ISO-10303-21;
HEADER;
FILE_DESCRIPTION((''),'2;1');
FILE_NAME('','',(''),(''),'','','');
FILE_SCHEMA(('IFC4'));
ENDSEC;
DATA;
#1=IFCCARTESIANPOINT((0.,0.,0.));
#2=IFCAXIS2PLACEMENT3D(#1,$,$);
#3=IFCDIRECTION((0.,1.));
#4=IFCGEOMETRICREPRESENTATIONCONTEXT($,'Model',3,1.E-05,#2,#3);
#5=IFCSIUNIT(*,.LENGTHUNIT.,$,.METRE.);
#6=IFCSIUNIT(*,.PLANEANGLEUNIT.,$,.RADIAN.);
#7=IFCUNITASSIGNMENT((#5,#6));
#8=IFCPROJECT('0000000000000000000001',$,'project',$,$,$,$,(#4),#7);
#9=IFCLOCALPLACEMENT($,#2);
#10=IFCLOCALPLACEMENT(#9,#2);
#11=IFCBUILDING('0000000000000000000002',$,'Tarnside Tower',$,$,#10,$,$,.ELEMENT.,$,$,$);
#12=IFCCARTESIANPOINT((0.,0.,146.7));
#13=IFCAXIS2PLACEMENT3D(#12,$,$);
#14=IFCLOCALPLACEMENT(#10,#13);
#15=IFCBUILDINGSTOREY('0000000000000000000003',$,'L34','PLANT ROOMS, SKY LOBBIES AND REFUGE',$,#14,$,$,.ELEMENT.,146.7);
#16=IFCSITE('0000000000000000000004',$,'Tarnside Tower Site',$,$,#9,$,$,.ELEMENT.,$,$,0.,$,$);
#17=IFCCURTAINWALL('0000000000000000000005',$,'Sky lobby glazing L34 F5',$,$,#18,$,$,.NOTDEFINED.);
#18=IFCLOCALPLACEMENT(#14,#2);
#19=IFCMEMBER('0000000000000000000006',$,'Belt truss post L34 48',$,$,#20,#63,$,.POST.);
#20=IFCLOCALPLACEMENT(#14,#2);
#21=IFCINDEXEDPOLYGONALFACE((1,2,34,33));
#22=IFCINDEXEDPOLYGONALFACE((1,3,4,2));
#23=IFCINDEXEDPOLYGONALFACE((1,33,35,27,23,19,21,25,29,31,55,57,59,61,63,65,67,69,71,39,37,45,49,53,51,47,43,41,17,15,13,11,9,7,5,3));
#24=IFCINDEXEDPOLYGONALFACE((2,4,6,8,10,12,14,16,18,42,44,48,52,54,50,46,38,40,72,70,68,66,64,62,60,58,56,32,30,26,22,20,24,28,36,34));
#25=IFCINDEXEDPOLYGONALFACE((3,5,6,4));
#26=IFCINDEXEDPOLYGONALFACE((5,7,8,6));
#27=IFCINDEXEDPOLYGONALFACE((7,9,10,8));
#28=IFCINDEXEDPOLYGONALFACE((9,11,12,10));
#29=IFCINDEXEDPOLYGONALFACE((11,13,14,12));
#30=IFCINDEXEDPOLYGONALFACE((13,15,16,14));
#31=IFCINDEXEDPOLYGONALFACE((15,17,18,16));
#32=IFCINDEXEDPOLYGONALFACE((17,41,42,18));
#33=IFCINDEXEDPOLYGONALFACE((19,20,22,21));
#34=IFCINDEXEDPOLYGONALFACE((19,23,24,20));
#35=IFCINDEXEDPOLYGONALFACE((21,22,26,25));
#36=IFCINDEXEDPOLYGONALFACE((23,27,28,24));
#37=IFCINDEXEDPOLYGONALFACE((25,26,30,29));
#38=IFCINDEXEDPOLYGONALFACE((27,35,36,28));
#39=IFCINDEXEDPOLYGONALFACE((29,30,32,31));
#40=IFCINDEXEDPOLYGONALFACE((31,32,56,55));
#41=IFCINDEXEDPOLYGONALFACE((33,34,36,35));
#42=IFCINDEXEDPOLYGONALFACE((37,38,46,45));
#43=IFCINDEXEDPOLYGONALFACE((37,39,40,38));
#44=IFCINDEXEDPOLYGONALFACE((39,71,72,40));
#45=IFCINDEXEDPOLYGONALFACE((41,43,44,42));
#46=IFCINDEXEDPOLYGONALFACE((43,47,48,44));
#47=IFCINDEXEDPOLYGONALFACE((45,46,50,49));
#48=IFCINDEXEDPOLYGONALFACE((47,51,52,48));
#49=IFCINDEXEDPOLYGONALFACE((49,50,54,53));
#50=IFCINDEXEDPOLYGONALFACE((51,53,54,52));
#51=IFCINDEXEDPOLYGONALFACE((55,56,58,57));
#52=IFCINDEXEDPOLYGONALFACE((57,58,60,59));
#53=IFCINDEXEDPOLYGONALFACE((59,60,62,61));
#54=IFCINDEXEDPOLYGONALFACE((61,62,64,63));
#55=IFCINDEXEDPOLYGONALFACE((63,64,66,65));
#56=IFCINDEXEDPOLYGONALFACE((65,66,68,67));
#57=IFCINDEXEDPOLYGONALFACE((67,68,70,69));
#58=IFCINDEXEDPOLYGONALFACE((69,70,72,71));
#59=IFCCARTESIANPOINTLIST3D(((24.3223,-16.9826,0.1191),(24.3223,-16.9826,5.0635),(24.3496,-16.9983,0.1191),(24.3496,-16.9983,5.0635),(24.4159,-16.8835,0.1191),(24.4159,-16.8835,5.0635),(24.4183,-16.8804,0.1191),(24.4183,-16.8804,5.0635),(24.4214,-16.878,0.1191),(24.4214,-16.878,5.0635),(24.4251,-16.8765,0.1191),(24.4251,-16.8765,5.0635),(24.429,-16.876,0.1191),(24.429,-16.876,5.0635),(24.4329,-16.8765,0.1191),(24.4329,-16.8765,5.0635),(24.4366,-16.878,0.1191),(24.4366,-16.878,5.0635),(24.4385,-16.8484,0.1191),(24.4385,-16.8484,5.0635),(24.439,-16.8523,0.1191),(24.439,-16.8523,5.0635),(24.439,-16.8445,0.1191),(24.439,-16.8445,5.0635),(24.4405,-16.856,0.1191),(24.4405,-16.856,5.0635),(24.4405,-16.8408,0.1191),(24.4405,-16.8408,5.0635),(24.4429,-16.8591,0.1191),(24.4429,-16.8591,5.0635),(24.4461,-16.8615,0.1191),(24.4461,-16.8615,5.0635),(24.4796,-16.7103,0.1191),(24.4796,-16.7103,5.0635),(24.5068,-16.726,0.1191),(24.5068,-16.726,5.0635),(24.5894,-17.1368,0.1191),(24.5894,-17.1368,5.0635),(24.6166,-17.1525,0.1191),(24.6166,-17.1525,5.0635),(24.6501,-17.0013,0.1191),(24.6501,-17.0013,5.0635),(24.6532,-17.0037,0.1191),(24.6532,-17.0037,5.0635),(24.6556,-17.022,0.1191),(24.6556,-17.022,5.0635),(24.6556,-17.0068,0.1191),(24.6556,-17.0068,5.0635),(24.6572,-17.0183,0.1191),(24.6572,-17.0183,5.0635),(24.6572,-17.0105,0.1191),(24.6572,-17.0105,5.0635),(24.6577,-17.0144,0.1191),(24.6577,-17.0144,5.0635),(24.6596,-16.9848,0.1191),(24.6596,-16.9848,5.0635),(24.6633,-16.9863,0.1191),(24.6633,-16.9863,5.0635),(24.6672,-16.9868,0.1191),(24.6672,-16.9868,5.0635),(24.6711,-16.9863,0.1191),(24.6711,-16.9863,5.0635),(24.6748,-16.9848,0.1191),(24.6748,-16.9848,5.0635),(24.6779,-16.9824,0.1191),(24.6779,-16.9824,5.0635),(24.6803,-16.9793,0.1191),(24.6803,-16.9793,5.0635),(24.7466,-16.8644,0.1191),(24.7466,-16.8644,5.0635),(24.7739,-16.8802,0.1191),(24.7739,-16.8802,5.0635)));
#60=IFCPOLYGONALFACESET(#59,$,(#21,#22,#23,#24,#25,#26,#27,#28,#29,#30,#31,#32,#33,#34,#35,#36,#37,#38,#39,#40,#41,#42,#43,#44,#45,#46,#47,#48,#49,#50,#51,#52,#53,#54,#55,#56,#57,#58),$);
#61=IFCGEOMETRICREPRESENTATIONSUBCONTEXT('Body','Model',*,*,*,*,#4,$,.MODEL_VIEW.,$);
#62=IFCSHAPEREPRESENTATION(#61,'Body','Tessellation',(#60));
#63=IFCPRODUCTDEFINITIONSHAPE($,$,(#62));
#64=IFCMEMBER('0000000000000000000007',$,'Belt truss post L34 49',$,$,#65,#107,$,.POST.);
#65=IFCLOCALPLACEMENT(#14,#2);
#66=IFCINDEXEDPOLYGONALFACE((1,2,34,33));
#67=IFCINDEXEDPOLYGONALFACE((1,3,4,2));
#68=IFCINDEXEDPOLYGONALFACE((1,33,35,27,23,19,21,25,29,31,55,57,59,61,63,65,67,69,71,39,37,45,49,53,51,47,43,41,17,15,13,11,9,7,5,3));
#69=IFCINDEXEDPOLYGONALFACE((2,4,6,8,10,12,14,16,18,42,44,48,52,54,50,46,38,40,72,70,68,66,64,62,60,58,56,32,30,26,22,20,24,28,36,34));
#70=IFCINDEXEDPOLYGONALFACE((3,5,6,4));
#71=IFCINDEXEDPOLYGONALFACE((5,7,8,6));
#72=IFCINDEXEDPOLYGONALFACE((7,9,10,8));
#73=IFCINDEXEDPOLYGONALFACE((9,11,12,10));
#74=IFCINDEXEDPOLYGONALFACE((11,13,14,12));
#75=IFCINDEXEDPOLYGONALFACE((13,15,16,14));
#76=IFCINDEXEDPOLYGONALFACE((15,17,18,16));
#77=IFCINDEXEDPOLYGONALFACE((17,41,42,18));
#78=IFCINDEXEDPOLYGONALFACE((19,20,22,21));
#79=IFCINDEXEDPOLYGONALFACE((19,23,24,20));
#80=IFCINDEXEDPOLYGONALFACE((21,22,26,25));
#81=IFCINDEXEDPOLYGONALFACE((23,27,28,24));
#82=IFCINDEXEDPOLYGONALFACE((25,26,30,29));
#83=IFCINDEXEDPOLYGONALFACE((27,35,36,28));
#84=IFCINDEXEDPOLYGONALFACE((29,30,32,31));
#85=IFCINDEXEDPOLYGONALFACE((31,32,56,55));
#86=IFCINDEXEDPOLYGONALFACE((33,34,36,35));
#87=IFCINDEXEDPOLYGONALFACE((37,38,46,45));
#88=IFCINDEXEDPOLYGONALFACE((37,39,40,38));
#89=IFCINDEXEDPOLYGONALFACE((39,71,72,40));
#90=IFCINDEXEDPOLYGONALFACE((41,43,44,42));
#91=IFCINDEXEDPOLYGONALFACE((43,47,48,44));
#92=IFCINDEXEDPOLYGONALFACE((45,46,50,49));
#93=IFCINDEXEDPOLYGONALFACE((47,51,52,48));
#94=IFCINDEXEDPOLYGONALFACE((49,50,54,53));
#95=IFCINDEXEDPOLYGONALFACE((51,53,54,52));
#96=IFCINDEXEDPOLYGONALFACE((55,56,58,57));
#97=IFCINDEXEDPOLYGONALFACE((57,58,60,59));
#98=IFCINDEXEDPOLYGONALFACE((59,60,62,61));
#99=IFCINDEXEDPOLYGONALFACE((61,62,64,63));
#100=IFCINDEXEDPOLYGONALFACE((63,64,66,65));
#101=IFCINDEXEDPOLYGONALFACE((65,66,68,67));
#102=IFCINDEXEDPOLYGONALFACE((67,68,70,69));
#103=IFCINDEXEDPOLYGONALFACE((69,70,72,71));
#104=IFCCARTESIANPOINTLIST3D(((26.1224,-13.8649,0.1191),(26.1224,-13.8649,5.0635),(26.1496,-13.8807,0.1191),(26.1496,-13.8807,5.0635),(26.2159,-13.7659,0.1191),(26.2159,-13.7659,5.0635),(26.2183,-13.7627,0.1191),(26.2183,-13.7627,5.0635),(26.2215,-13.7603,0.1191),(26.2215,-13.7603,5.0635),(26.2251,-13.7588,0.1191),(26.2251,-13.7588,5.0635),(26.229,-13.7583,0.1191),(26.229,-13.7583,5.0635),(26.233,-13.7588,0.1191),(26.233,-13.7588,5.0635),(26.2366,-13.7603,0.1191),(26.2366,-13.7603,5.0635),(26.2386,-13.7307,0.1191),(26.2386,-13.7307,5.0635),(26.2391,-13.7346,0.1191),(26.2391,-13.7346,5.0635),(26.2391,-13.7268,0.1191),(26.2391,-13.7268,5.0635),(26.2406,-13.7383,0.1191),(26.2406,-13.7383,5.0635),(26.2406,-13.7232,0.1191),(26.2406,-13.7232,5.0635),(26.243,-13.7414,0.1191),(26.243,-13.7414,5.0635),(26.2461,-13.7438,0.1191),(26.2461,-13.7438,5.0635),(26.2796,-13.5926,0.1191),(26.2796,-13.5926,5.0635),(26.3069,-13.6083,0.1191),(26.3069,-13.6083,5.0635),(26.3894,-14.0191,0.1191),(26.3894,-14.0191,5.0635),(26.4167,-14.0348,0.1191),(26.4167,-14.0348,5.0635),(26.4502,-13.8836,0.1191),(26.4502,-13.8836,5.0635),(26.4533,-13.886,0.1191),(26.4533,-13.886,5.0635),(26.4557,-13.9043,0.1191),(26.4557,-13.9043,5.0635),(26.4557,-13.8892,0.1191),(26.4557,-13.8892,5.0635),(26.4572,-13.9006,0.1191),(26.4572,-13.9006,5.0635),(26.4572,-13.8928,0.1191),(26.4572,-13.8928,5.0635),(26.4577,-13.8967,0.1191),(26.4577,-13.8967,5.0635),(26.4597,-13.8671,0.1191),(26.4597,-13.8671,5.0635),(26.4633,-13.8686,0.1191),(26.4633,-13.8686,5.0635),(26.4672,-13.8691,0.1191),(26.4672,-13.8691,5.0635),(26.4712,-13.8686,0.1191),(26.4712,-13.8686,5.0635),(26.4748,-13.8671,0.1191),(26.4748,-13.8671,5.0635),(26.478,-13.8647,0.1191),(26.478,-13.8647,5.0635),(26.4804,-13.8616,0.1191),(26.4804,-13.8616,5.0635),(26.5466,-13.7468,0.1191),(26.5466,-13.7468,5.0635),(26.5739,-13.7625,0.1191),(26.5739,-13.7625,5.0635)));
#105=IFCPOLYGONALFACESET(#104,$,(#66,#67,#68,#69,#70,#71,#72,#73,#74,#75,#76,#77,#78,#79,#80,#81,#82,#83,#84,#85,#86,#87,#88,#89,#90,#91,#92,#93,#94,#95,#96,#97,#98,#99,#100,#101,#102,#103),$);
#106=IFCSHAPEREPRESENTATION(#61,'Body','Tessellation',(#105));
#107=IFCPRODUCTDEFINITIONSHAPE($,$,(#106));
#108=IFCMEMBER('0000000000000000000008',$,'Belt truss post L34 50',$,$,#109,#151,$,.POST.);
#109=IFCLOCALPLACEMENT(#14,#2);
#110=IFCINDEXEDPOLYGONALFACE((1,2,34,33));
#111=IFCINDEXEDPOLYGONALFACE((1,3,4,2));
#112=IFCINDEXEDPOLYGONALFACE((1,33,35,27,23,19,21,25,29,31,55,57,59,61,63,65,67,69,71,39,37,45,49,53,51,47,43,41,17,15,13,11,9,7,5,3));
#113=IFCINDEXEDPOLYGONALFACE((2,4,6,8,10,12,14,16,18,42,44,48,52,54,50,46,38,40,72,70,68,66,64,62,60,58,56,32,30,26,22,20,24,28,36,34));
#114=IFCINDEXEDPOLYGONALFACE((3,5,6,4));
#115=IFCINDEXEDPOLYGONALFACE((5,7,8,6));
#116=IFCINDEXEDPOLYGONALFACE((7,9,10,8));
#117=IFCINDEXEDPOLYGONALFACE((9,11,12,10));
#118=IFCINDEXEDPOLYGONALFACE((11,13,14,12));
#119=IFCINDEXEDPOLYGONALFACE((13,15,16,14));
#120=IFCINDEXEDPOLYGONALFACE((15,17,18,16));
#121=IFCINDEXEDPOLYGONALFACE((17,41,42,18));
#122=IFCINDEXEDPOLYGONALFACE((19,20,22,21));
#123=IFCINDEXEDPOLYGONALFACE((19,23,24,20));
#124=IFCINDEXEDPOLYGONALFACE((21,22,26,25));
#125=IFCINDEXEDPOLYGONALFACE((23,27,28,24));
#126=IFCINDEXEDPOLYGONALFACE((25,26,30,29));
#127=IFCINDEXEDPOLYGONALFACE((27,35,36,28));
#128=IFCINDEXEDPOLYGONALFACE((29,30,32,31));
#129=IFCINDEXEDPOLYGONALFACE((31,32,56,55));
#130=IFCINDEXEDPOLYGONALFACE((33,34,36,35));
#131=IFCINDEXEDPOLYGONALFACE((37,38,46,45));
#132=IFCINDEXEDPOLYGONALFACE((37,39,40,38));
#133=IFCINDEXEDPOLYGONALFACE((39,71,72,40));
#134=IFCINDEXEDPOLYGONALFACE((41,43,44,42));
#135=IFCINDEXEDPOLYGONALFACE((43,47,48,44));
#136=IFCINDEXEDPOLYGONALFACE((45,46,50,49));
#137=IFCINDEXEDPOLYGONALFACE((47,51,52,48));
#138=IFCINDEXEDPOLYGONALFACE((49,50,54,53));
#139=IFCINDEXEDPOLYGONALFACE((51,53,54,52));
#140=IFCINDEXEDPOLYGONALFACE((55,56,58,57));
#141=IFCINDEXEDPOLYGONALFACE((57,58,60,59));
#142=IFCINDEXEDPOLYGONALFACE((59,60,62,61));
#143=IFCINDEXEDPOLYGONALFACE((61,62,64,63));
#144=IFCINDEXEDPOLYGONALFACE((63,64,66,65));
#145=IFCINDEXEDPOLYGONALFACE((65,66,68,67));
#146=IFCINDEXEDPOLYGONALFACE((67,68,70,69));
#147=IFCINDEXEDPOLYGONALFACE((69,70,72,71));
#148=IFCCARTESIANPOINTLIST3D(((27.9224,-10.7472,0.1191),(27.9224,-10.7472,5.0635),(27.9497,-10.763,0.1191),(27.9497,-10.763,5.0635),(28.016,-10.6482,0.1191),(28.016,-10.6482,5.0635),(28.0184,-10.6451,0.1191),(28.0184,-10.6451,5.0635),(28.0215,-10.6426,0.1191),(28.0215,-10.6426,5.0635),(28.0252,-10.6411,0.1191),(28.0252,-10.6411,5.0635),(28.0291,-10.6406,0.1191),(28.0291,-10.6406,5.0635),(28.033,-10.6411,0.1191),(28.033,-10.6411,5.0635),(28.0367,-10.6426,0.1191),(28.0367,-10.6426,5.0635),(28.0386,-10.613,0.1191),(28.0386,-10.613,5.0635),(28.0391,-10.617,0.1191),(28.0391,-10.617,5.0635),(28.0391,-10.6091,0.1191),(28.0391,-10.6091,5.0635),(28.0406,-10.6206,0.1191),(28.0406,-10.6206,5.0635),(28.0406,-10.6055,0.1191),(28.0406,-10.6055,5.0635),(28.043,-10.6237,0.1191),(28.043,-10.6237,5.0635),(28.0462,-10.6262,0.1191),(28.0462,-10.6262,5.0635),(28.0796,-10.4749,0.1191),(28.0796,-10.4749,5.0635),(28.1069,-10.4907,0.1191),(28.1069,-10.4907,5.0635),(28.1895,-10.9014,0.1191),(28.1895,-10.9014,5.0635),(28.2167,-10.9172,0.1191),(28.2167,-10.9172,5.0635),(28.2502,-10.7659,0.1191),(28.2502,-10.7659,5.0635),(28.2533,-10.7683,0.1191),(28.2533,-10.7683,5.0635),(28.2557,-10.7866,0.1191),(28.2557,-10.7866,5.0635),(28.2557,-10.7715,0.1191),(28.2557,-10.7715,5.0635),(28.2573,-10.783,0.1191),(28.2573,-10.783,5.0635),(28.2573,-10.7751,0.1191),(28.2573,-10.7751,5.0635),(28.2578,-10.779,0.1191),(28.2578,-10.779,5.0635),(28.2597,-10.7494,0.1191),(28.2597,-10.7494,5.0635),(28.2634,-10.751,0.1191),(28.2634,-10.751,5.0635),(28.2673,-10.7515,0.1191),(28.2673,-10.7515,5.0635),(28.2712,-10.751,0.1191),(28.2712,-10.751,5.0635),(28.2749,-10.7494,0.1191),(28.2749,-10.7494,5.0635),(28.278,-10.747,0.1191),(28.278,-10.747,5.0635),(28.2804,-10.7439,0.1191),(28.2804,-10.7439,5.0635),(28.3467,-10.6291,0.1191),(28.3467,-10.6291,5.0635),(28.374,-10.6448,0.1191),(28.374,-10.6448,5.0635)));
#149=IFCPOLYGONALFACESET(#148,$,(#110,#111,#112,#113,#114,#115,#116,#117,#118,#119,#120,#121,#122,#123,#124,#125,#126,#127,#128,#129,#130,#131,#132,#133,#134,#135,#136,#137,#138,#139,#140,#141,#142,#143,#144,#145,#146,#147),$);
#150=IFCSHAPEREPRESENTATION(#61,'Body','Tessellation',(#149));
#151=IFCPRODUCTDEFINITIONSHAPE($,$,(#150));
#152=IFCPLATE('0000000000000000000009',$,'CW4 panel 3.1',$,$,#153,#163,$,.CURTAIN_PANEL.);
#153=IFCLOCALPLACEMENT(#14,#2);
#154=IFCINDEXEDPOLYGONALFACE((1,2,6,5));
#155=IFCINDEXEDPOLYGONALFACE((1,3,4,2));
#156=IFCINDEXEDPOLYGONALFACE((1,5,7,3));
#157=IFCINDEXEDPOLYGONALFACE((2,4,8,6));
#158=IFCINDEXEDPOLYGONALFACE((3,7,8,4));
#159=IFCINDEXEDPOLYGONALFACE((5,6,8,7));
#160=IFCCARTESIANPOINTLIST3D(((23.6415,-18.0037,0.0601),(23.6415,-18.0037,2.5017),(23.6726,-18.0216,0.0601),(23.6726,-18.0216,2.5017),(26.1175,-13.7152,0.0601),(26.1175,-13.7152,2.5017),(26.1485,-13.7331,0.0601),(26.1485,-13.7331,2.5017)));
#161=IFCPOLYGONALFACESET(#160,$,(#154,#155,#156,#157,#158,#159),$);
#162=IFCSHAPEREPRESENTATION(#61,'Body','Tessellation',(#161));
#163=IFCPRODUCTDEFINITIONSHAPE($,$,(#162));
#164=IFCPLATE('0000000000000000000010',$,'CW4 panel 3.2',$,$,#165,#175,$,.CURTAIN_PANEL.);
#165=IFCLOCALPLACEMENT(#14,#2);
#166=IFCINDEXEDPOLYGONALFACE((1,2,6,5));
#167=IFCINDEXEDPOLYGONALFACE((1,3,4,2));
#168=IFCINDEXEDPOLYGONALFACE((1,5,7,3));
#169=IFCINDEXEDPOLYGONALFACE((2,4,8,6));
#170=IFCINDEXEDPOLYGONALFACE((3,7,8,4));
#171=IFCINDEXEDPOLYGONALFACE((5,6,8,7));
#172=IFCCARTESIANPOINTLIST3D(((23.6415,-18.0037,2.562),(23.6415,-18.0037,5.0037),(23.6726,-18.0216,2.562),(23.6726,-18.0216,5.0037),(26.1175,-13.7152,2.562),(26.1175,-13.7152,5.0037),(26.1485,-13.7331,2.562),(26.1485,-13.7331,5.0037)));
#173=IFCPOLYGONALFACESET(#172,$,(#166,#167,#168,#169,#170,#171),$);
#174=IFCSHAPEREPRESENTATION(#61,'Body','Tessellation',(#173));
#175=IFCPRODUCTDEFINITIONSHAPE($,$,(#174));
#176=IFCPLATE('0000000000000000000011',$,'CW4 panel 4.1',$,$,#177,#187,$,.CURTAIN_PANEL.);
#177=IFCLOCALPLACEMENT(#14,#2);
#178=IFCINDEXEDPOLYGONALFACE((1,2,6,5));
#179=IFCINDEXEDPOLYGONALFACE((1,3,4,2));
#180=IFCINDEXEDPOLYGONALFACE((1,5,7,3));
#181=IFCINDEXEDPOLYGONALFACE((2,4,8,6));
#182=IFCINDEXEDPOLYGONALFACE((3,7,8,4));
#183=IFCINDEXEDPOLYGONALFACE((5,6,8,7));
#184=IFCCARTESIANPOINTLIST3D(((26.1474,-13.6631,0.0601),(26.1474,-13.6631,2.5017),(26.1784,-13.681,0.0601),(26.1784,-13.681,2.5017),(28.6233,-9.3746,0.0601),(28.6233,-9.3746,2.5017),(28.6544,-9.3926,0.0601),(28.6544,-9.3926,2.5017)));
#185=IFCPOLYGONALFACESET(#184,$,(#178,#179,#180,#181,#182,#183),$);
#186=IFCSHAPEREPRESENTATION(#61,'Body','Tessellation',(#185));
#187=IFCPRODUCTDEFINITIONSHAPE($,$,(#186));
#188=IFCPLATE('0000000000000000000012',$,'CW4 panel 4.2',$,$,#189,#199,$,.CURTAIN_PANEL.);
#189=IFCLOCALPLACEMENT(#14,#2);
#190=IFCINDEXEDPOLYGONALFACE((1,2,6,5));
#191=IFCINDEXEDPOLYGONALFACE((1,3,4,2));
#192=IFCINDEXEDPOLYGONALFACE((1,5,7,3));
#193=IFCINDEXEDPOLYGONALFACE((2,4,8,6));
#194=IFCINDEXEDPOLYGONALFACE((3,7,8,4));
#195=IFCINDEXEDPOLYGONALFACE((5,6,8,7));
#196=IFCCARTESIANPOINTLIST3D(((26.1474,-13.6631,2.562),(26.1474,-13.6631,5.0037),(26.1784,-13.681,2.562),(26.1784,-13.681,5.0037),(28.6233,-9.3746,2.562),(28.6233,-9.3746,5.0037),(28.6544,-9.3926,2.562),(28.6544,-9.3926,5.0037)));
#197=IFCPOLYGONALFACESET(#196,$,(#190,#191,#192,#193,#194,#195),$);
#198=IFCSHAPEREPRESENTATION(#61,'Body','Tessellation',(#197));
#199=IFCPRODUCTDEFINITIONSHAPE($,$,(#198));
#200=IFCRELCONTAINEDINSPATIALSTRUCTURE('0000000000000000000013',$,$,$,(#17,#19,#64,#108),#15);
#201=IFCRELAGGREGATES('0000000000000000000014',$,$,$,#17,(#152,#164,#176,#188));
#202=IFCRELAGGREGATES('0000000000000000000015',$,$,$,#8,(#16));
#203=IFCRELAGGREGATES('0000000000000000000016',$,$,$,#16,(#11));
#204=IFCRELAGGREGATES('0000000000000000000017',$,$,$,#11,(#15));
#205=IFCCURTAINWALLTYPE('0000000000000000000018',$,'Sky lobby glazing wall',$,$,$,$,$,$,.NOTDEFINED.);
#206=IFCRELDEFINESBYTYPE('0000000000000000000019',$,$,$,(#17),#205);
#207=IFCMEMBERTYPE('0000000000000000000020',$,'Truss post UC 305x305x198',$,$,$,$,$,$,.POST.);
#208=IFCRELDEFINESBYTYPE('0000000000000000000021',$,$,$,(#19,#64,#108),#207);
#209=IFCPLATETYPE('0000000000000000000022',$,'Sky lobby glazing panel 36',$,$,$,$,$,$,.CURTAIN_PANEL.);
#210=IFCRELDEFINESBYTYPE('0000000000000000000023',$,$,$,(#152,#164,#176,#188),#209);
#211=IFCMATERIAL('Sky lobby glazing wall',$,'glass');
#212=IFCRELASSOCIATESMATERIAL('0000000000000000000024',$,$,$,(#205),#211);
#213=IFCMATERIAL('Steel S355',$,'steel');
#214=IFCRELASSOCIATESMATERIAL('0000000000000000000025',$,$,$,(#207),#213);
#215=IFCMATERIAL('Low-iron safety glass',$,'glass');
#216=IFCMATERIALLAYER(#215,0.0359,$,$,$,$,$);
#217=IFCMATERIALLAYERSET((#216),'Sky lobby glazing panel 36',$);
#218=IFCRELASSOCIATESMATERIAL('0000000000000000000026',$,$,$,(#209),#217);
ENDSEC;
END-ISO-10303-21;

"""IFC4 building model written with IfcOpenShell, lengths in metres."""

from ifc_helpers import new_model, si_unit, direction, frame, origin, origin_2d, place, context, subcontext, project, spatial, rectangle, i_section, extrude, material, layer, layer_set, material_profile, profile_set, type_object, element, aggregate, save


model = new_model("IFC4")

# Units and contexts
model_context = context("Model", 3, precision=1e-05, world=origin(), true_north=direction((0.0, 1.0)))
body_context = subcontext(model_context, "Body", "Model", "MODEL_VIEW")
ifc_project = project(units=[si_unit("LENGTHUNIT", "METRE"), si_unit("PLANEANGLEUNIT", "RADIAN")], contexts=[model_context])

# Site, building, storey
site_placement = place(None, origin())
site = spatial("IfcSite", under=ifc_project, at=site_placement, Name="Tarnside Tower Site", CompositionType="ELEMENT", RefElevation=0.0)
building_placement = place(site_placement, origin())
building = spatial("IfcBuilding", under=site, at=building_placement, Name="Tarnside Tower", CompositionType="ELEMENT")
storey_placement = place(building_placement, frame((0.0, 0.0, 146.7)))
storey = spatial("IfcBuildingStorey", under=building, at=storey_placement, Name="L34", Description="PLANT ROOMS, SKY LOBBIES AND REFUGE", CompositionType="ELEMENT", Elevation=146.7)

# Shared definitions
ifc_material_1 = material(Name="Steel S355", Category="steel")

# Curtain wall
ifc_material_2 = material(Name="Sky lobby glazing wall", Category="glass")
curtain_wall_type = type_object("IfcCurtainWallType", Name="Sky lobby glazing wall", PredefinedType="NOTDEFINED", material=ifc_material_2)
curtain_wall_placement = place(storey_placement, origin())
curtain_wall = element("IfcCurtainWall", 1, at=curtain_wall_placement, inside=storey, type_object=curtain_wall_type, Name="Sky lobby glazing L34 F5", PredefinedType="NOTDEFINED")

# Members
ifc_material_profile_1 = material_profile(ifc_material_1, i_section(OverallWidth=0.3145, OverallDepth=0.3398, WebThickness=0.019, FlangeThickness=0.0315, FilletRadius=0.0151, at=origin_2d()), Name="UC 305x305x198")
ifc_profile_set_1 = profile_set([ifc_material_profile_1], Name="Steel S355")
member_type_1 = type_object("IfcMemberType", Name="Truss post UC 305x305x198", PredefinedType="POST", material=ifc_profile_set_1)
for number, where, z_axis, x_axis, name in (
    (2, (24.5481, -16.9314, 0.1191), (0.0, 0.0, 1.0), (0.5, 0.866025, 0.0), "Belt truss post L34 48"),
    (3, (26.3481, -13.8137, 0.1191), (0.0, 0.0, 1.0), (0.5, 0.866025, 0.0), "Belt truss post L34 49"),
    (4, (28.1482, -10.696, 0.1191), (0.0, 0.0, 1.0), (0.5, 0.866025, 0.0), "Belt truss post L34 50"),
):
    element("IfcMember", number, at=place(storey_placement, frame(where, z_axis=z_axis, x_axis=x_axis)), inside=storey, type_object=member_type_1, Name=name, PredefinedType="POST", context=body_context, shape_type="SweptSolid", body=[
        extrude(i_section(OverallWidth=0.3145, OverallDepth=0.3398, WebThickness=0.019, FlangeThickness=0.0315, FilletRadius=0.0151, at=origin_2d()), origin(), (0.0, 0.0, 1.0), 4.9443),
    ])

# Plates
ifc_material_3 = material(Name="Low-iron safety glass", Category="glass")
ifc_layer_1 = layer(ifc_material_3, 0.0359)
ifc_layer_set_1 = layer_set([ifc_layer_1], Name="Sky lobby glazing panel 36")
plate_type = type_object("IfcPlateType", Name="Sky lobby glazing panel 36", PredefinedType="CURTAIN_PANEL", material=ifc_layer_set_1)
plate_1_placement = place(storey_placement, frame((24.895, -15.8684, 0.0601), z_axis=(0.0, 0.0, 1.0), x_axis=(0.5, 0.866025, 0.0)))
plate_1 = element("IfcPlate", 5, at=plate_1_placement, type_object=plate_type, Name="CW4 panel 3.1", PredefinedType="CURTAIN_PANEL", context=body_context, shape_type="SweptSolid", body=[
    extrude(rectangle(XDim=4.9519, YDim=0.0359, at=origin_2d()), origin(), (0.0, 0.0, 1.0), 2.4417),
])
plate_2_placement = place(storey_placement, frame((24.895, -15.8684, 2.562), z_axis=(0.0, 0.0, 1.0), x_axis=(0.5, 0.866025, 0.0)))
plate_2 = element("IfcPlate", 6, at=plate_2_placement, type_object=plate_type, Name="CW4 panel 3.2", PredefinedType="CURTAIN_PANEL", context=body_context, shape_type="SweptSolid", body=[
    extrude(rectangle(XDim=4.9519, YDim=0.0359, at=origin_2d()), origin(), (0.0, 0.0, 1.0), 2.4417),
])
plate_3_placement = place(storey_placement, frame((27.4009, -11.5278, 0.0601), z_axis=(0.0, 0.0, 1.0), x_axis=(0.5, 0.866025, 0.0)))
plate_3 = element("IfcPlate", 7, at=plate_3_placement, type_object=plate_type, Name="CW4 panel 4.1", PredefinedType="CURTAIN_PANEL", context=body_context, shape_type="SweptSolid", body=[
    extrude(rectangle(XDim=4.9519, YDim=0.0359, at=origin_2d()), origin(), (0.0, 0.0, 1.0), 2.4417),
])
plate_4_placement = place(storey_placement, frame((27.4009, -11.5278, 2.562), z_axis=(0.0, 0.0, 1.0), x_axis=(0.5, 0.866025, 0.0)))
plate_4 = element("IfcPlate", 8, at=plate_4_placement, type_object=plate_type, Name="CW4 panel 4.2", PredefinedType="CURTAIN_PANEL", context=body_context, shape_type="SweptSolid", body=[
    extrude(rectangle(XDim=4.9519, YDim=0.0359, at=origin_2d()), origin(), (0.0, 0.0, 1.0), 2.4417),
])
aggregate(curtain_wall, [plate_1, plate_2, plate_3, plate_4])

save(model, "model.ifc")
